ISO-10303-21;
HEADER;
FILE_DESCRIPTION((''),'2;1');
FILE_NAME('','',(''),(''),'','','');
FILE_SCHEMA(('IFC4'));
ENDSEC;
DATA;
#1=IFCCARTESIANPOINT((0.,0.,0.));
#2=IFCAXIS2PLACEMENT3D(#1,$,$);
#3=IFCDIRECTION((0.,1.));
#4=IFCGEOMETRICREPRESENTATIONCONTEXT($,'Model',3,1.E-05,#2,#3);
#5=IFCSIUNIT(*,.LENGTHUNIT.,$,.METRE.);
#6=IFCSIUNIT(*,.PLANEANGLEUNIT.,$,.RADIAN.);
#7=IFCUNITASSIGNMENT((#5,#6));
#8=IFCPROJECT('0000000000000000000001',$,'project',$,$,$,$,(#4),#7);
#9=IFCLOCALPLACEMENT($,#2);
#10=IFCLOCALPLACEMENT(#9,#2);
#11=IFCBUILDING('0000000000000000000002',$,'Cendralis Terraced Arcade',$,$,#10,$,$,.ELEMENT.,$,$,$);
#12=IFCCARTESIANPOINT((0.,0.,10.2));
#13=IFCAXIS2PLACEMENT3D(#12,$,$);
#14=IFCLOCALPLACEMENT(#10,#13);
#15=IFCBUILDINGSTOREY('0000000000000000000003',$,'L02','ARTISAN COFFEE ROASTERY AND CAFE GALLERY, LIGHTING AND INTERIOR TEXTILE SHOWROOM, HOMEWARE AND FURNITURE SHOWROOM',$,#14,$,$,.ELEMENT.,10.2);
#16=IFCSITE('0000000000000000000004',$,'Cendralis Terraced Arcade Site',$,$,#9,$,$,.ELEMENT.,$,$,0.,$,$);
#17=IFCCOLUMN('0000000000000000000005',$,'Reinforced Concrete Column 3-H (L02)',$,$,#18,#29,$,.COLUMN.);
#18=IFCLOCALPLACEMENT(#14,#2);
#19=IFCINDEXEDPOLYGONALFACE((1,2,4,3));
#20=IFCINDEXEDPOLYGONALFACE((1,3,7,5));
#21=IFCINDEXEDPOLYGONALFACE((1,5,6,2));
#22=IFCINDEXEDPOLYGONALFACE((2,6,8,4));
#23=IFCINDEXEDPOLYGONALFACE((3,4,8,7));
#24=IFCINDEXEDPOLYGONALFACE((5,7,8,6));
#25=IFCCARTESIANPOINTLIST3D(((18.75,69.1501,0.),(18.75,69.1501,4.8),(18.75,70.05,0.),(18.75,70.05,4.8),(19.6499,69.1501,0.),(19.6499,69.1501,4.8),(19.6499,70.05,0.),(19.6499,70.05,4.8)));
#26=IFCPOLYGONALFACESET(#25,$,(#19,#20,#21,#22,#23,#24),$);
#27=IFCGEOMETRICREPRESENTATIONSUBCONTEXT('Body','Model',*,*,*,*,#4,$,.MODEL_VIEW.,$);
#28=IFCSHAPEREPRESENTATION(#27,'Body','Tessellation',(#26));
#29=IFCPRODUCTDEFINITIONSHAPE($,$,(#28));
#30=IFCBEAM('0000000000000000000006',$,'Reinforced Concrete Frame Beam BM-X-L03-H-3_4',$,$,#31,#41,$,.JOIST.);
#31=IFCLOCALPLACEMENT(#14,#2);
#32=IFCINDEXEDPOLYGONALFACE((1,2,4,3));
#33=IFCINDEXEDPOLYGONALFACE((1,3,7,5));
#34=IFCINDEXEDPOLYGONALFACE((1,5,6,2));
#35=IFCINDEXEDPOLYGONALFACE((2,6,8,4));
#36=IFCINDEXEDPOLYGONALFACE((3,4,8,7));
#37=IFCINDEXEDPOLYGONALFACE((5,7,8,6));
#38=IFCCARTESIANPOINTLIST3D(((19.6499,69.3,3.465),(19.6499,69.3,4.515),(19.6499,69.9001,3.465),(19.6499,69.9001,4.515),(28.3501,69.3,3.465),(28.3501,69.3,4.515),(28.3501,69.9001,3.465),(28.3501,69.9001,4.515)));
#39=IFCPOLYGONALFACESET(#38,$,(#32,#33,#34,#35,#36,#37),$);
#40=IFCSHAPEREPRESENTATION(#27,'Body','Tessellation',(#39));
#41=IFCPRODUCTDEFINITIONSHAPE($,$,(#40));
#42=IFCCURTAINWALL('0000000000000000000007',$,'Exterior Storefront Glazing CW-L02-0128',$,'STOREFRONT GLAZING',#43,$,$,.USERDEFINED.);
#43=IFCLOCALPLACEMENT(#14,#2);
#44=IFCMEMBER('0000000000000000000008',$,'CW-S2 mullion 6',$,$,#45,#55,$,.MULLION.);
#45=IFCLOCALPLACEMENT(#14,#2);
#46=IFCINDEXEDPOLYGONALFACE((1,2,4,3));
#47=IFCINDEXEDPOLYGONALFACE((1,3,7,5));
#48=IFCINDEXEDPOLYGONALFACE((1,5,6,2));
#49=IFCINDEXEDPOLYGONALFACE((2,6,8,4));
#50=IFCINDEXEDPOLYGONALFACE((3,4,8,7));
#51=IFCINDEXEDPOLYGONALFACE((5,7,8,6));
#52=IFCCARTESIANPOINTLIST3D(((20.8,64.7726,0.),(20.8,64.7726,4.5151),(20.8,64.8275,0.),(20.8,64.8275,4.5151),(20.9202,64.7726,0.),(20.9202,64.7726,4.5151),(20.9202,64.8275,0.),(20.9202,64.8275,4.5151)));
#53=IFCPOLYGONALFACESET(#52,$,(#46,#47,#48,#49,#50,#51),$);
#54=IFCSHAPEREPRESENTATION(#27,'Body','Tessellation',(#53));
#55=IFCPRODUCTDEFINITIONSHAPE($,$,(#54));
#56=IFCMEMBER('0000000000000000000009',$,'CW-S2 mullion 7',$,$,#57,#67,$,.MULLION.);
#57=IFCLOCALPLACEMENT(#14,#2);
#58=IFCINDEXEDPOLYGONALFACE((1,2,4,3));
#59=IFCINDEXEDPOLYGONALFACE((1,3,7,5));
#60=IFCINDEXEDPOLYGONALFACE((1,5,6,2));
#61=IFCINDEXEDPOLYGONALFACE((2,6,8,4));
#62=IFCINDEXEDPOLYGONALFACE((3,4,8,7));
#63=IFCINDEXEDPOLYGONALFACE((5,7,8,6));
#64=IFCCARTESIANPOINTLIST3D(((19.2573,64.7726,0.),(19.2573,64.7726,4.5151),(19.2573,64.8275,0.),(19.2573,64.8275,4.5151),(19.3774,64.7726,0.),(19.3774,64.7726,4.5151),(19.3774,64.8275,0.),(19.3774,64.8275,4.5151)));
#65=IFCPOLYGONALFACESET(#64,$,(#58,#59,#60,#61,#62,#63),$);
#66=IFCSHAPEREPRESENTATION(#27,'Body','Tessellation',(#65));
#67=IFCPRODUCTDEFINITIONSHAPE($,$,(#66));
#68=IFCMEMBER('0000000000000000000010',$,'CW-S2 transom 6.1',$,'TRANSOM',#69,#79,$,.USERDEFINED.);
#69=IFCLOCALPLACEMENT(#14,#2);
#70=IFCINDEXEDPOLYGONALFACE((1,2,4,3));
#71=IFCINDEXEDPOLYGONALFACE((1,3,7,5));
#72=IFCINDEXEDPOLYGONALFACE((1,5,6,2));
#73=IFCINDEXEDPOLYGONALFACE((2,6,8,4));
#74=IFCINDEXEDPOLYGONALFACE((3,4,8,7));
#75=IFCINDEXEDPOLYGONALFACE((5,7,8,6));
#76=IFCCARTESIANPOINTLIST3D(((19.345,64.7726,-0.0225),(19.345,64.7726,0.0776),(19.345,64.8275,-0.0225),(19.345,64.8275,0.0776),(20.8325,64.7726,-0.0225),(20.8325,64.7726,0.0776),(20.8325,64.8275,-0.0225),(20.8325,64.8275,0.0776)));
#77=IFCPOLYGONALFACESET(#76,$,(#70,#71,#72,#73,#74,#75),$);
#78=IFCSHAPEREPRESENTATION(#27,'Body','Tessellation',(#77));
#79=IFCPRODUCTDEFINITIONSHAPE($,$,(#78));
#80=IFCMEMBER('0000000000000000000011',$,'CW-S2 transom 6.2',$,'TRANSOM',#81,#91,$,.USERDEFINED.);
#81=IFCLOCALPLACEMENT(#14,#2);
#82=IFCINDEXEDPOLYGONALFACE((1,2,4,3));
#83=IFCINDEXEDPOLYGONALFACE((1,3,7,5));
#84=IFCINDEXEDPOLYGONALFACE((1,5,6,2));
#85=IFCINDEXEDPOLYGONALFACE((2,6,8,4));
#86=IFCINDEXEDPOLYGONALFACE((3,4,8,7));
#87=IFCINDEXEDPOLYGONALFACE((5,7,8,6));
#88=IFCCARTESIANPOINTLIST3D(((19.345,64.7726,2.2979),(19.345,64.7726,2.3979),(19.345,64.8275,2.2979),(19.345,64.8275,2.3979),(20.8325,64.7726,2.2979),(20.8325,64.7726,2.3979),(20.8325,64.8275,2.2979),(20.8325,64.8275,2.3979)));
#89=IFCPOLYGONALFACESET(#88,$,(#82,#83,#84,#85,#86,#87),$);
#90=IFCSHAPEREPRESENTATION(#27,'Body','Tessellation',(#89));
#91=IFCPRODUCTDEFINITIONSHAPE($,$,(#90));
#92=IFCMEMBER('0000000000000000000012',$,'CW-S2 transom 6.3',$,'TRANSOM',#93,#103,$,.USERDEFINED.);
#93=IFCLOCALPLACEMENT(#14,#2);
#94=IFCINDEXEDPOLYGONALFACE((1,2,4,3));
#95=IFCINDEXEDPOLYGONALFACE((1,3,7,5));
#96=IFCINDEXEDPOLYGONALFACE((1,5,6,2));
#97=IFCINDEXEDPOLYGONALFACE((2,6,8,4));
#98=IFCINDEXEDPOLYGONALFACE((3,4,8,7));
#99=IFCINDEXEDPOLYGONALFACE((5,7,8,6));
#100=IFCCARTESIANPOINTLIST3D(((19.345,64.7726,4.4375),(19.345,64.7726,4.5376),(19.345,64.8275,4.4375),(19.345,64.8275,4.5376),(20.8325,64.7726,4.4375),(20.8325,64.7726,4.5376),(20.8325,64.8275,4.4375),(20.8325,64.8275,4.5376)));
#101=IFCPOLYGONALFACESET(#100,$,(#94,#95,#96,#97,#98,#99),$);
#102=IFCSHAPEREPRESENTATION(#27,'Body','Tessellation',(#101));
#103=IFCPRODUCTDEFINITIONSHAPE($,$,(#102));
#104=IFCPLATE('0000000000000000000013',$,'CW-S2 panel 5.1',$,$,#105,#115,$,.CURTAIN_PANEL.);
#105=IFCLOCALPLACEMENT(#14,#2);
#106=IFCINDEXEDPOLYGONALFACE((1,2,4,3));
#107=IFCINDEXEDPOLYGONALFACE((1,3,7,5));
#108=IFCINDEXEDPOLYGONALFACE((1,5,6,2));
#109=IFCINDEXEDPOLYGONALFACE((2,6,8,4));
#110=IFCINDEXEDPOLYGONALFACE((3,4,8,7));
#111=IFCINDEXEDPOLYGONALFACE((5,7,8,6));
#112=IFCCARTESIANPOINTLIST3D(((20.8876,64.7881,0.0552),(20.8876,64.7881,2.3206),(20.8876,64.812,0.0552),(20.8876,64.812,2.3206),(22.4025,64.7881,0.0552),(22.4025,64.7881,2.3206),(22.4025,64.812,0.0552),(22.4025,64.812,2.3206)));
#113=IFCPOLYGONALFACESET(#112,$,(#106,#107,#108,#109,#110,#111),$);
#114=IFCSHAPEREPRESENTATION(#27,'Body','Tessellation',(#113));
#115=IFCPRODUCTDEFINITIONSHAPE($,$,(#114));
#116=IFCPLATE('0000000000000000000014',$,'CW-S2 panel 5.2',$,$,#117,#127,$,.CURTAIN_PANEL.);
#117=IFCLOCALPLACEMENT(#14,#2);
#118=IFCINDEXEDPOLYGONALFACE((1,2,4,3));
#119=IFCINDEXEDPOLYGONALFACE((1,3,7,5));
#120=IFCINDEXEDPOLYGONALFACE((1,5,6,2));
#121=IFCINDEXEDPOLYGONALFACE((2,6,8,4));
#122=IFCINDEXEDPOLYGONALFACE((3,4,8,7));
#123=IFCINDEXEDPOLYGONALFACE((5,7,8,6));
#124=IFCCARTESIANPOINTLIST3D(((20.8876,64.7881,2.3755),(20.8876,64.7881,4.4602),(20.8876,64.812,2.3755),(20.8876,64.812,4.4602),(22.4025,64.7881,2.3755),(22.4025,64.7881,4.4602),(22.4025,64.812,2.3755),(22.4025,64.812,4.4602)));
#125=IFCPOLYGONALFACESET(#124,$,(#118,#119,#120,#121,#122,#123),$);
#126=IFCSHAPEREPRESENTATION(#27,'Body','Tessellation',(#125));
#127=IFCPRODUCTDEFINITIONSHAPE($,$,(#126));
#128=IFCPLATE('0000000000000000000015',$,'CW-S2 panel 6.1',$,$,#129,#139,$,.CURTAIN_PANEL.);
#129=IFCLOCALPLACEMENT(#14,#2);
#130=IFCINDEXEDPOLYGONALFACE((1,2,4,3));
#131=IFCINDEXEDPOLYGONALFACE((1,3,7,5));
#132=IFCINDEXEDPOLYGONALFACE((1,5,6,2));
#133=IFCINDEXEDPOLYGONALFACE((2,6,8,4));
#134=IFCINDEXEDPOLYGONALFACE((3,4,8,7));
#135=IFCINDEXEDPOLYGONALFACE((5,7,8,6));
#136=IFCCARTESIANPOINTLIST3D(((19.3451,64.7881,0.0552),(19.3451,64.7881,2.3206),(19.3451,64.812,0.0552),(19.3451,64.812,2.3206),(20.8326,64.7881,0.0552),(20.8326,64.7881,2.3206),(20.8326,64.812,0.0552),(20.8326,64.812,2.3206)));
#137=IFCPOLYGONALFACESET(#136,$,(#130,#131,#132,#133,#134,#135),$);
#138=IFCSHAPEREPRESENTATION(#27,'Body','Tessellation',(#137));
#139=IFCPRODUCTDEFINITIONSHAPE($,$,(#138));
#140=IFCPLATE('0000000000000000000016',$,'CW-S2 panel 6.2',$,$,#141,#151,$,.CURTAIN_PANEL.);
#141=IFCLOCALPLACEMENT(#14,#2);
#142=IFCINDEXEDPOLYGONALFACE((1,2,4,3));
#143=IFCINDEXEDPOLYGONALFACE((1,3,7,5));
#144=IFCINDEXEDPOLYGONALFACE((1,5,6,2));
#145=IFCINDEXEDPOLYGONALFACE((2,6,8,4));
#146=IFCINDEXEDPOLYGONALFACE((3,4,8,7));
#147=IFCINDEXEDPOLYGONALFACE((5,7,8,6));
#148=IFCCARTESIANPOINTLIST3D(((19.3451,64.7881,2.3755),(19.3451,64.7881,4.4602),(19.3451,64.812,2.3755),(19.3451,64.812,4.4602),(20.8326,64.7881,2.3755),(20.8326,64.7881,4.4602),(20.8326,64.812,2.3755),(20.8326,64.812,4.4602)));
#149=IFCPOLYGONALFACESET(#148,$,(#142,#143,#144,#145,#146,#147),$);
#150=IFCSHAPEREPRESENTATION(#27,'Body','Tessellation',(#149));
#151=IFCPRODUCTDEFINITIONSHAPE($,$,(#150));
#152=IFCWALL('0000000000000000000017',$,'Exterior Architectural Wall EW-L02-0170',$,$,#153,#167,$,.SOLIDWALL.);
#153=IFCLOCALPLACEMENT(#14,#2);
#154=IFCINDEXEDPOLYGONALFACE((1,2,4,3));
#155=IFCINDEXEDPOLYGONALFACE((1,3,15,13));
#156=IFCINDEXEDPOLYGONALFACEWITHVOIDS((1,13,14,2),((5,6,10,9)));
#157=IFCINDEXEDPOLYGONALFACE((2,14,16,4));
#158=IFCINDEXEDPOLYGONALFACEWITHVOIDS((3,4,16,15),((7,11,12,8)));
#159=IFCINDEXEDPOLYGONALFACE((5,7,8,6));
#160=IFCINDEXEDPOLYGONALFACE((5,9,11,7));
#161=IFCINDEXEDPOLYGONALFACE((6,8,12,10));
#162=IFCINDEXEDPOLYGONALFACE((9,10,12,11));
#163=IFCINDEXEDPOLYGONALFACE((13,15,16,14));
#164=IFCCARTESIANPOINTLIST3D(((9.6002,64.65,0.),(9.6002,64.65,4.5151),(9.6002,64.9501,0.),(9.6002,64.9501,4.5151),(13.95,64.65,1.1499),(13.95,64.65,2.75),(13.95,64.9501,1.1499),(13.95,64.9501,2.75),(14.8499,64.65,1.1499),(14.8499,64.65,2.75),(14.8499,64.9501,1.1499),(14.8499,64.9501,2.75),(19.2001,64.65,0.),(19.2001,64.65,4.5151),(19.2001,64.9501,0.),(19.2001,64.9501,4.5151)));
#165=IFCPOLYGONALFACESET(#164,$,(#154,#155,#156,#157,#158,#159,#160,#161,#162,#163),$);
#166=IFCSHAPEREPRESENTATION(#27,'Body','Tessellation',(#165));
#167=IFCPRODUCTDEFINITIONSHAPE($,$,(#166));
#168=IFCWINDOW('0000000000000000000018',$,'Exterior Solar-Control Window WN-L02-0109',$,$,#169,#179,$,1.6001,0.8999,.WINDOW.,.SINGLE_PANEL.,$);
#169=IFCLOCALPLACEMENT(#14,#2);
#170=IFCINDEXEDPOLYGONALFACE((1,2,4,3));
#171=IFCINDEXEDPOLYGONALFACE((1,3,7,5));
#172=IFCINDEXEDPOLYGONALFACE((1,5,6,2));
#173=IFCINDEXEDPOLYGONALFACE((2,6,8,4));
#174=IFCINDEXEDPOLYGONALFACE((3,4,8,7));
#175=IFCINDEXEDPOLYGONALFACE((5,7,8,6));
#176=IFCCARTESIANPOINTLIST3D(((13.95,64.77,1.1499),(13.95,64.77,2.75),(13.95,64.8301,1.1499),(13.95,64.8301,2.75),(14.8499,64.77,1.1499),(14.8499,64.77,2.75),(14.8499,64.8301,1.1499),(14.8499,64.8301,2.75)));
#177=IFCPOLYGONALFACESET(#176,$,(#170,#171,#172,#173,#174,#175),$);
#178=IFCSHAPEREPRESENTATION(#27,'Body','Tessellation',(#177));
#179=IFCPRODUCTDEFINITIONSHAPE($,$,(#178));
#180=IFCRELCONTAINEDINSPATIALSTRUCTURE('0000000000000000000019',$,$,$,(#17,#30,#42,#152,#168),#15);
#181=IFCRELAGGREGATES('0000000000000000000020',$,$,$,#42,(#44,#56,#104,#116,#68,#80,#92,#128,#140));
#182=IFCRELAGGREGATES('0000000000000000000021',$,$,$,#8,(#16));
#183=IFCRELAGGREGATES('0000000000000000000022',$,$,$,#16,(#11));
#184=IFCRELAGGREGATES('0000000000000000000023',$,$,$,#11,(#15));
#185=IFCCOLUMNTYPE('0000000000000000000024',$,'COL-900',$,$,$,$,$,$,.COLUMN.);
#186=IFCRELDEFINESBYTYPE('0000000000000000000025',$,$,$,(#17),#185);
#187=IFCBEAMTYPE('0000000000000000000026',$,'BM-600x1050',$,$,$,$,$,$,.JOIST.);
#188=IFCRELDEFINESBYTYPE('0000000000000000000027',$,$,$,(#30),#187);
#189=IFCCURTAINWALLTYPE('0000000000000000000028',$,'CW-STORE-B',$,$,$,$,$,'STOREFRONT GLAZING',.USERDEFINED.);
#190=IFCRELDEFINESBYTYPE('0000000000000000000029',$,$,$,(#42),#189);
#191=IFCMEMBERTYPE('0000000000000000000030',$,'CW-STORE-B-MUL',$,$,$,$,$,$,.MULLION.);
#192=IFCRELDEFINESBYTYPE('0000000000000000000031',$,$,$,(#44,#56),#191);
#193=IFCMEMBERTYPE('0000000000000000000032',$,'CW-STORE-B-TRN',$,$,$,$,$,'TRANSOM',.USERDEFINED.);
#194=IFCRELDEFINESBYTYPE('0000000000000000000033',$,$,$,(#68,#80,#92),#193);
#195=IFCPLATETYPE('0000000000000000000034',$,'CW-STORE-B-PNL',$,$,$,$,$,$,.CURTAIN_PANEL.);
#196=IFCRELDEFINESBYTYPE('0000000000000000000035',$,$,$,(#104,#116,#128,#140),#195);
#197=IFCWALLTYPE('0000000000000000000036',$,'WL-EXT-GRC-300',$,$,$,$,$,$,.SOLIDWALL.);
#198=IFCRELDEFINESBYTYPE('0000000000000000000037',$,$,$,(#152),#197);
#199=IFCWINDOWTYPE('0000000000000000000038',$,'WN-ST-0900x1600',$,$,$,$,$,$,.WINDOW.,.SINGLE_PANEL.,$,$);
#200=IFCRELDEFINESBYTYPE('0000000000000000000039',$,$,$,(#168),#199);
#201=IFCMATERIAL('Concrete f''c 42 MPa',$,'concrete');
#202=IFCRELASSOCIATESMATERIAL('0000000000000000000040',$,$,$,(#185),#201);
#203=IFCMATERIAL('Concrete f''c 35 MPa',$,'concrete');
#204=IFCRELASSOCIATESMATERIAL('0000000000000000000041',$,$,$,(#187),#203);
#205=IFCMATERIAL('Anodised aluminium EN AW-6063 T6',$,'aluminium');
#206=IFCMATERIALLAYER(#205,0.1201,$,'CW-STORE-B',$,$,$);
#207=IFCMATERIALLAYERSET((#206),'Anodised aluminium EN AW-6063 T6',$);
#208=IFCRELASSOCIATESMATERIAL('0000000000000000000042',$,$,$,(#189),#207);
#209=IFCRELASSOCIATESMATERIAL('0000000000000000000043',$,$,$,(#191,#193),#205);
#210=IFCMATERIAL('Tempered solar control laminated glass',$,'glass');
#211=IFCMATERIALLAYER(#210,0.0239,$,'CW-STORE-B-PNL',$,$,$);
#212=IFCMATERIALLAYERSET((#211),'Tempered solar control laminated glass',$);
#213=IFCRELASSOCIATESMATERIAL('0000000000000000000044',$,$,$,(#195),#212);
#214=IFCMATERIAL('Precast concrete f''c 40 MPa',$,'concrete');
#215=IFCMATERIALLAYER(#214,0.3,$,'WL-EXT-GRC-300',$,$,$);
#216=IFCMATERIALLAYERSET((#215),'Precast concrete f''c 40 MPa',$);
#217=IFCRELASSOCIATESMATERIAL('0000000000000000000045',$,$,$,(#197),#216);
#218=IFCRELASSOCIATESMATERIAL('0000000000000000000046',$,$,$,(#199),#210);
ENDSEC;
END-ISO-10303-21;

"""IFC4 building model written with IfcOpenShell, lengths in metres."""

from ifc_helpers import new_model, si_unit, direction, frame, frame_2d, origin, origin_2d, place, context, subcontext, project, spatial, rectangle, extrude, material, layer, layer_set, material_profile, profile_set, type_object, element, fill, aggregate, save


model = new_model("IFC4")

# Units and contexts
model_context = context("Model", 3, precision=1e-05, world=origin(), true_north=direction((0.0, 1.0)))
body_context = subcontext(model_context, "Body", "Model", "MODEL_VIEW")
ifc_project = project(units=[si_unit("LENGTHUNIT", "METRE"), si_unit("PLANEANGLEUNIT", "RADIAN")], contexts=[model_context])

# Site, building, storey
site_placement = place(None, origin())
site = spatial("IfcSite", under=ifc_project, at=site_placement, Name="Cendralis Terraced Arcade Site", CompositionType="ELEMENT", RefElevation=0.0)
building_placement = place(site_placement, origin())
building = spatial("IfcBuilding", under=site, at=building_placement, Name="Cendralis Terraced Arcade", CompositionType="ELEMENT")
storey_placement = place(building_placement, frame((0.0, 0.0, 10.2)))
storey = spatial("IfcBuildingStorey", under=building, at=storey_placement, Name="L02", Description="ARTISAN COFFEE ROASTERY AND CAFE GALLERY, LIGHTING AND INTERIOR TEXTILE SHOWROOM, HOMEWARE AND FURNITURE SHOWROOM", CompositionType="ELEMENT", Elevation=10.2)

# Column
ifc_material_1 = material(Name="Concrete f'c 42 MPa", Category="concrete")
ifc_material_profile_1 = material_profile(ifc_material_1, rectangle(XDim=0.8999, YDim=0.8999, at=origin_2d()), Name="RC-COL-900x900", Category="LoadBearing")
ifc_profile_set_1 = profile_set([ifc_material_profile_1], Name="Concrete f'c 42 MPa")
column_type = type_object("IfcColumnType", Name="COL-900", PredefinedType="COLUMN", material=ifc_profile_set_1)
column_placement = place(storey_placement, frame((19.2, 69.6001, 0.0), z_axis=(0.0, 0.0, 1.0), x_axis=(1.0, 0.0, 0.0)))
element("IfcColumn", 1, at=column_placement, inside=storey, type_object=column_type, Name="Reinforced Concrete Column 3-H (L02)", PredefinedType="COLUMN", context=body_context, shape_type="SweptSolid", body=[
    extrude(rectangle(XDim=0.8999, YDim=0.8999, at=origin_2d()), origin(), (0.0, 0.0, 1.0), 4.8),
])

# Beam
ifc_material_2 = material(Name="Concrete f'c 35 MPa", Category="concrete")
ifc_material_profile_2 = material_profile(ifc_material_2, rectangle(XDim=0.6001, YDim=1.05, at=origin_2d()), Name="RC-BM-600x1050", Category="LoadBearing")
ifc_profile_set_2 = profile_set([ifc_material_profile_2], Name="Concrete f'c 35 MPa")
beam_type = type_object("IfcBeamType", Name="BM-600x1050", PredefinedType="JOIST", material=ifc_profile_set_2)
beam_placement = place(storey_placement, frame((19.6499, 69.6001, 3.99), z_axis=(1.0, 0.0, 0.0), x_axis=(0.0, 1.0, 0.0)))
element("IfcBeam", 2, at=beam_placement, inside=storey, type_object=beam_type, Name="Reinforced Concrete Frame Beam BM-X-L03-H-3_4", PredefinedType="JOIST", context=body_context, shape_type="SweptSolid", body=[
    extrude(rectangle(XDim=0.6001, YDim=1.05, at=origin_2d()), origin(), (0.0, 0.0, 1.0), 8.7002),
])

# Curtain wall, members, plates
ifc_material_3 = material(Name="Anodised aluminium EN AW-6063 T6", Category="aluminium")
ifc_layer_1 = layer(ifc_material_3, 0.1201, Name="CW-STORE-B")
ifc_layer_set_1 = layer_set([ifc_layer_1], Name="Anodised aluminium EN AW-6063 T6")
curtain_wall_type = type_object("IfcCurtainWallType", Name="CW-STORE-B", ElementType="STOREFRONT GLAZING", PredefinedType="USERDEFINED", material=ifc_layer_set_1)
curtain_wall_placement = place(storey_placement, origin())
curtain_wall = element("IfcCurtainWall", 3, at=curtain_wall_placement, inside=storey, type_object=curtain_wall_type, Name="Exterior Storefront Glazing CW-L02-0128", ObjectType="STOREFRONT GLAZING", PredefinedType="USERDEFINED")
ifc_material_profile_3 = material_profile(ifc_material_3, rectangle(XDim=0.0549, YDim=0.1201, at=origin_2d()), Name="ALU-MUL-55x120")
ifc_profile_set_3 = profile_set([ifc_material_profile_3], Name="Anodised aluminium EN AW-6063 T6")
member_type_1 = type_object("IfcMemberType", Name="CW-STORE-B-MUL", PredefinedType="MULLION", material=ifc_profile_set_3)
member_1_placement = place(storey_placement, frame((20.8601, 64.8, 0.0), z_axis=(0.0, 0.0, 1.0), x_axis=(0.0, -1.0, 0.0)))
member_1 = element("IfcMember", 4, at=member_1_placement, type_object=member_type_1, Name="CW-S2 mullion 6", PredefinedType="MULLION", context=body_context, shape_type="SweptSolid", body=[
    extrude(rectangle(XDim=0.0549, YDim=0.1201, at=origin_2d()), origin(), (0.0, 0.0, 1.0), 4.5151),
])
member_2_placement = place(storey_placement, frame((19.3174, 64.8, 0.0), z_axis=(0.0, 0.0, 1.0), x_axis=(0.0, -1.0, 0.0)))
member_2 = element("IfcMember", 5, at=member_2_placement, type_object=member_type_1, Name="CW-S2 mullion 7", PredefinedType="MULLION", context=body_context, shape_type="SweptSolid", body=[
    extrude(rectangle(XDim=0.0549, YDim=0.1201, at=origin_2d()), origin(), (0.0, 0.0, 1.0), 4.5151),
])
ifc_material_profile_4 = material_profile(ifc_material_3, rectangle(XDim=0.0549, YDim=0.1001, at=origin_2d()), Name="ALU-TRN-55x100")
ifc_profile_set_4 = profile_set([ifc_material_profile_4], Name="Anodised aluminium EN AW-6063 T6")
member_type_2 = type_object("IfcMemberType", Name="CW-STORE-B-TRN", ElementType="TRANSOM", PredefinedType="USERDEFINED", material=ifc_profile_set_4)
member_3_placement = place(storey_placement, frame((20.8325, 64.8, 0.0276), z_axis=(-1.0, 0.0, 0.0), x_axis=(0.0, -1.0, 0.0)))
member_3 = element("IfcMember", 6, at=member_3_placement, type_object=member_type_2, Name="CW-S2 transom 6.1", ObjectType="TRANSOM", PredefinedType="USERDEFINED", context=body_context, shape_type="SweptSolid", body=[
    extrude(rectangle(XDim=0.0549, YDim=0.1001, at=origin_2d()), origin(), (0.0, 0.0, 1.0), 1.4875),
])
member_4_placement = place(storey_placement, frame((20.8325, 64.8, 2.3479), z_axis=(-1.0, 0.0, 0.0), x_axis=(0.0, -1.0, 0.0)))
member_4 = element("IfcMember", 7, at=member_4_placement, type_object=member_type_2, Name="CW-S2 transom 6.2", ObjectType="TRANSOM", PredefinedType="USERDEFINED", context=body_context, shape_type="SweptSolid", body=[
    extrude(rectangle(XDim=0.0549, YDim=0.1001, at=origin_2d()), origin(), (0.0, 0.0, 1.0), 1.4875),
])
member_5_placement = place(storey_placement, frame((20.8325, 64.8, 4.4875), z_axis=(-1.0, 0.0, 0.0), x_axis=(0.0, -1.0, 0.0)))
member_5 = element("IfcMember", 8, at=member_5_placement, type_object=member_type_2, Name="CW-S2 transom 6.3", ObjectType="TRANSOM", PredefinedType="USERDEFINED", context=body_context, shape_type="SweptSolid", body=[
    extrude(rectangle(XDim=0.0549, YDim=0.1001, at=origin_2d()), origin(), (0.0, 0.0, 1.0), 1.4875),
])
ifc_material_4 = material(Name="Tempered solar control laminated glass", Category="glass")
ifc_layer_2 = layer(ifc_material_4, 0.0239, Name="CW-STORE-B-PNL")
ifc_layer_set_2 = layer_set([ifc_layer_2], Name="Tempered solar control laminated glass")
plate_type = type_object("IfcPlateType", Name="CW-STORE-B-PNL", PredefinedType="CURTAIN_PANEL", material=ifc_layer_set_2)
plate_1_placement = place(storey_placement, frame((21.645, 64.8, 0.0552), z_axis=(0.0, 0.0, 1.0), x_axis=(-1.0, 0.0, 0.0)))
plate_1 = element("IfcPlate", 9, at=plate_1_placement, type_object=plate_type, Name="CW-S2 panel 5.1", PredefinedType="CURTAIN_PANEL", context=body_context, shape_type="SweptSolid", body=[
    extrude(rectangle(XDim=1.5149, YDim=0.0239, at=origin_2d()), origin(), (0.0, 0.0, 1.0), 2.2654),
])
plate_2_placement = place(storey_placement, frame((21.645, 64.8, 2.3755), z_axis=(0.0, 0.0, 1.0), x_axis=(-1.0, 0.0, 0.0)))
plate_2 = element("IfcPlate", 10, at=plate_2_placement, type_object=plate_type, Name="CW-S2 panel 5.2", PredefinedType="CURTAIN_PANEL", context=body_context, shape_type="SweptSolid", body=[
    extrude(rectangle(XDim=1.5149, YDim=0.0239, at=origin_2d()), origin(), (0.0, 0.0, 1.0), 2.0847),
])
plate_3_placement = place(storey_placement, frame((20.0889, 64.8, 0.0552), z_axis=(0.0, 0.0, 1.0), x_axis=(-1.0, 0.0, 0.0)))
plate_3 = element("IfcPlate", 11, at=plate_3_placement, type_object=plate_type, Name="CW-S2 panel 6.1", PredefinedType="CURTAIN_PANEL", context=body_context, shape_type="SweptSolid", body=[
    extrude(rectangle(XDim=1.4875, YDim=0.0239, at=origin_2d()), origin(), (0.0, 0.0, 1.0), 2.2654),
])
plate_4_placement = place(storey_placement, frame((20.0889, 64.8, 2.3755), z_axis=(0.0, 0.0, 1.0), x_axis=(-1.0, 0.0, 0.0)))
plate_4 = element("IfcPlate", 12, at=plate_4_placement, type_object=plate_type, Name="CW-S2 panel 6.2", PredefinedType="CURTAIN_PANEL", context=body_context, shape_type="SweptSolid", body=[
    extrude(rectangle(XDim=1.4875, YDim=0.0239, at=origin_2d()), origin(), (0.0, 0.0, 1.0), 2.0847),
])
aggregate(curtain_wall, [member_1, member_2, plate_1, plate_2, member_3, member_4, member_5, plate_3, plate_4])

# Wall, opening, window
ifc_material_5 = material(Name="Precast concrete f'c 40 MPa", Category="concrete")
ifc_layer_3 = layer(ifc_material_5, 0.3, Name="WL-EXT-GRC-300")
ifc_layer_set_3 = layer_set([ifc_layer_3], Name="Precast concrete f'c 40 MPa")
wall_type_1 = type_object("IfcWallType", Name="WL-EXT-GRC-300", PredefinedType="SOLIDWALL", material=ifc_layer_set_3)
wall_1_placement = place(storey_placement, frame((19.2, 64.8, 0.0), z_axis=(0.0, 0.0, 1.0), x_axis=(-1.0, 0.0, 0.0)))
wall_1 = element("IfcWall", 13, at=wall_1_placement, inside=storey, type_object=wall_type_1, Name="Exterior Architectural Wall EW-L02-0170", PredefinedType="SOLIDWALL", context=body_context, shape_type="SweptSolid", body=[
    extrude(rectangle(XDim=9.5999, YDim=0.3, at=frame_2d((4.7998, 0.0))), origin(), (0.0, 0.0, 1.0), 4.5151),
])
opening_1_placement = place(wall_1_placement, frame((4.3501, 0.0, 1.1499)))
opening_1 = element("IfcOpeningElement", 14, at=opening_1_placement, cuts=wall_1, PredefinedType="OPENING", context=body_context, shape_type="SweptSolid", body=[
    extrude(rectangle(XDim=0.8999, YDim=1.6001, at=frame_2d((0.45, 0.8))), frame((0.0, 0.1621, 0.0), z_axis=(0.0, -1.0, 0.0), x_axis=(1.0, 0.0, 0.0)), (0.0, 0.0, 1.0), 0.324),
])
window_type_1 = type_object("IfcWindowType", Name="WN-ST-0900x1600", PartitioningType="SINGLE_PANEL", PredefinedType="WINDOW", material=ifc_material_4)
window_1_placement = place(opening_1_placement, origin())
window_1 = element("IfcWindow", 15, at=window_1_placement, inside=storey, type_object=window_type_1, Name="Exterior Solar-Control Window WN-L02-0109", OverallHeight=1.6001, OverallWidth=0.8999, PartitioningType="SINGLE_PANEL", PredefinedType="WINDOW", context=body_context, shape_type="SweptSolid", body=[
    extrude(rectangle(XDim=0.8999, YDim=1.6001, at=frame_2d((0.45, 0.8))), frame((0.0, 0.03, 0.0), z_axis=(0.0, -1.0, 0.0), x_axis=(1.0, 0.0, 0.0)), (0.0, 0.0, 1.0), 0.0601),
])
fill(opening_1, window_1)

save(model, "model.ifc")
